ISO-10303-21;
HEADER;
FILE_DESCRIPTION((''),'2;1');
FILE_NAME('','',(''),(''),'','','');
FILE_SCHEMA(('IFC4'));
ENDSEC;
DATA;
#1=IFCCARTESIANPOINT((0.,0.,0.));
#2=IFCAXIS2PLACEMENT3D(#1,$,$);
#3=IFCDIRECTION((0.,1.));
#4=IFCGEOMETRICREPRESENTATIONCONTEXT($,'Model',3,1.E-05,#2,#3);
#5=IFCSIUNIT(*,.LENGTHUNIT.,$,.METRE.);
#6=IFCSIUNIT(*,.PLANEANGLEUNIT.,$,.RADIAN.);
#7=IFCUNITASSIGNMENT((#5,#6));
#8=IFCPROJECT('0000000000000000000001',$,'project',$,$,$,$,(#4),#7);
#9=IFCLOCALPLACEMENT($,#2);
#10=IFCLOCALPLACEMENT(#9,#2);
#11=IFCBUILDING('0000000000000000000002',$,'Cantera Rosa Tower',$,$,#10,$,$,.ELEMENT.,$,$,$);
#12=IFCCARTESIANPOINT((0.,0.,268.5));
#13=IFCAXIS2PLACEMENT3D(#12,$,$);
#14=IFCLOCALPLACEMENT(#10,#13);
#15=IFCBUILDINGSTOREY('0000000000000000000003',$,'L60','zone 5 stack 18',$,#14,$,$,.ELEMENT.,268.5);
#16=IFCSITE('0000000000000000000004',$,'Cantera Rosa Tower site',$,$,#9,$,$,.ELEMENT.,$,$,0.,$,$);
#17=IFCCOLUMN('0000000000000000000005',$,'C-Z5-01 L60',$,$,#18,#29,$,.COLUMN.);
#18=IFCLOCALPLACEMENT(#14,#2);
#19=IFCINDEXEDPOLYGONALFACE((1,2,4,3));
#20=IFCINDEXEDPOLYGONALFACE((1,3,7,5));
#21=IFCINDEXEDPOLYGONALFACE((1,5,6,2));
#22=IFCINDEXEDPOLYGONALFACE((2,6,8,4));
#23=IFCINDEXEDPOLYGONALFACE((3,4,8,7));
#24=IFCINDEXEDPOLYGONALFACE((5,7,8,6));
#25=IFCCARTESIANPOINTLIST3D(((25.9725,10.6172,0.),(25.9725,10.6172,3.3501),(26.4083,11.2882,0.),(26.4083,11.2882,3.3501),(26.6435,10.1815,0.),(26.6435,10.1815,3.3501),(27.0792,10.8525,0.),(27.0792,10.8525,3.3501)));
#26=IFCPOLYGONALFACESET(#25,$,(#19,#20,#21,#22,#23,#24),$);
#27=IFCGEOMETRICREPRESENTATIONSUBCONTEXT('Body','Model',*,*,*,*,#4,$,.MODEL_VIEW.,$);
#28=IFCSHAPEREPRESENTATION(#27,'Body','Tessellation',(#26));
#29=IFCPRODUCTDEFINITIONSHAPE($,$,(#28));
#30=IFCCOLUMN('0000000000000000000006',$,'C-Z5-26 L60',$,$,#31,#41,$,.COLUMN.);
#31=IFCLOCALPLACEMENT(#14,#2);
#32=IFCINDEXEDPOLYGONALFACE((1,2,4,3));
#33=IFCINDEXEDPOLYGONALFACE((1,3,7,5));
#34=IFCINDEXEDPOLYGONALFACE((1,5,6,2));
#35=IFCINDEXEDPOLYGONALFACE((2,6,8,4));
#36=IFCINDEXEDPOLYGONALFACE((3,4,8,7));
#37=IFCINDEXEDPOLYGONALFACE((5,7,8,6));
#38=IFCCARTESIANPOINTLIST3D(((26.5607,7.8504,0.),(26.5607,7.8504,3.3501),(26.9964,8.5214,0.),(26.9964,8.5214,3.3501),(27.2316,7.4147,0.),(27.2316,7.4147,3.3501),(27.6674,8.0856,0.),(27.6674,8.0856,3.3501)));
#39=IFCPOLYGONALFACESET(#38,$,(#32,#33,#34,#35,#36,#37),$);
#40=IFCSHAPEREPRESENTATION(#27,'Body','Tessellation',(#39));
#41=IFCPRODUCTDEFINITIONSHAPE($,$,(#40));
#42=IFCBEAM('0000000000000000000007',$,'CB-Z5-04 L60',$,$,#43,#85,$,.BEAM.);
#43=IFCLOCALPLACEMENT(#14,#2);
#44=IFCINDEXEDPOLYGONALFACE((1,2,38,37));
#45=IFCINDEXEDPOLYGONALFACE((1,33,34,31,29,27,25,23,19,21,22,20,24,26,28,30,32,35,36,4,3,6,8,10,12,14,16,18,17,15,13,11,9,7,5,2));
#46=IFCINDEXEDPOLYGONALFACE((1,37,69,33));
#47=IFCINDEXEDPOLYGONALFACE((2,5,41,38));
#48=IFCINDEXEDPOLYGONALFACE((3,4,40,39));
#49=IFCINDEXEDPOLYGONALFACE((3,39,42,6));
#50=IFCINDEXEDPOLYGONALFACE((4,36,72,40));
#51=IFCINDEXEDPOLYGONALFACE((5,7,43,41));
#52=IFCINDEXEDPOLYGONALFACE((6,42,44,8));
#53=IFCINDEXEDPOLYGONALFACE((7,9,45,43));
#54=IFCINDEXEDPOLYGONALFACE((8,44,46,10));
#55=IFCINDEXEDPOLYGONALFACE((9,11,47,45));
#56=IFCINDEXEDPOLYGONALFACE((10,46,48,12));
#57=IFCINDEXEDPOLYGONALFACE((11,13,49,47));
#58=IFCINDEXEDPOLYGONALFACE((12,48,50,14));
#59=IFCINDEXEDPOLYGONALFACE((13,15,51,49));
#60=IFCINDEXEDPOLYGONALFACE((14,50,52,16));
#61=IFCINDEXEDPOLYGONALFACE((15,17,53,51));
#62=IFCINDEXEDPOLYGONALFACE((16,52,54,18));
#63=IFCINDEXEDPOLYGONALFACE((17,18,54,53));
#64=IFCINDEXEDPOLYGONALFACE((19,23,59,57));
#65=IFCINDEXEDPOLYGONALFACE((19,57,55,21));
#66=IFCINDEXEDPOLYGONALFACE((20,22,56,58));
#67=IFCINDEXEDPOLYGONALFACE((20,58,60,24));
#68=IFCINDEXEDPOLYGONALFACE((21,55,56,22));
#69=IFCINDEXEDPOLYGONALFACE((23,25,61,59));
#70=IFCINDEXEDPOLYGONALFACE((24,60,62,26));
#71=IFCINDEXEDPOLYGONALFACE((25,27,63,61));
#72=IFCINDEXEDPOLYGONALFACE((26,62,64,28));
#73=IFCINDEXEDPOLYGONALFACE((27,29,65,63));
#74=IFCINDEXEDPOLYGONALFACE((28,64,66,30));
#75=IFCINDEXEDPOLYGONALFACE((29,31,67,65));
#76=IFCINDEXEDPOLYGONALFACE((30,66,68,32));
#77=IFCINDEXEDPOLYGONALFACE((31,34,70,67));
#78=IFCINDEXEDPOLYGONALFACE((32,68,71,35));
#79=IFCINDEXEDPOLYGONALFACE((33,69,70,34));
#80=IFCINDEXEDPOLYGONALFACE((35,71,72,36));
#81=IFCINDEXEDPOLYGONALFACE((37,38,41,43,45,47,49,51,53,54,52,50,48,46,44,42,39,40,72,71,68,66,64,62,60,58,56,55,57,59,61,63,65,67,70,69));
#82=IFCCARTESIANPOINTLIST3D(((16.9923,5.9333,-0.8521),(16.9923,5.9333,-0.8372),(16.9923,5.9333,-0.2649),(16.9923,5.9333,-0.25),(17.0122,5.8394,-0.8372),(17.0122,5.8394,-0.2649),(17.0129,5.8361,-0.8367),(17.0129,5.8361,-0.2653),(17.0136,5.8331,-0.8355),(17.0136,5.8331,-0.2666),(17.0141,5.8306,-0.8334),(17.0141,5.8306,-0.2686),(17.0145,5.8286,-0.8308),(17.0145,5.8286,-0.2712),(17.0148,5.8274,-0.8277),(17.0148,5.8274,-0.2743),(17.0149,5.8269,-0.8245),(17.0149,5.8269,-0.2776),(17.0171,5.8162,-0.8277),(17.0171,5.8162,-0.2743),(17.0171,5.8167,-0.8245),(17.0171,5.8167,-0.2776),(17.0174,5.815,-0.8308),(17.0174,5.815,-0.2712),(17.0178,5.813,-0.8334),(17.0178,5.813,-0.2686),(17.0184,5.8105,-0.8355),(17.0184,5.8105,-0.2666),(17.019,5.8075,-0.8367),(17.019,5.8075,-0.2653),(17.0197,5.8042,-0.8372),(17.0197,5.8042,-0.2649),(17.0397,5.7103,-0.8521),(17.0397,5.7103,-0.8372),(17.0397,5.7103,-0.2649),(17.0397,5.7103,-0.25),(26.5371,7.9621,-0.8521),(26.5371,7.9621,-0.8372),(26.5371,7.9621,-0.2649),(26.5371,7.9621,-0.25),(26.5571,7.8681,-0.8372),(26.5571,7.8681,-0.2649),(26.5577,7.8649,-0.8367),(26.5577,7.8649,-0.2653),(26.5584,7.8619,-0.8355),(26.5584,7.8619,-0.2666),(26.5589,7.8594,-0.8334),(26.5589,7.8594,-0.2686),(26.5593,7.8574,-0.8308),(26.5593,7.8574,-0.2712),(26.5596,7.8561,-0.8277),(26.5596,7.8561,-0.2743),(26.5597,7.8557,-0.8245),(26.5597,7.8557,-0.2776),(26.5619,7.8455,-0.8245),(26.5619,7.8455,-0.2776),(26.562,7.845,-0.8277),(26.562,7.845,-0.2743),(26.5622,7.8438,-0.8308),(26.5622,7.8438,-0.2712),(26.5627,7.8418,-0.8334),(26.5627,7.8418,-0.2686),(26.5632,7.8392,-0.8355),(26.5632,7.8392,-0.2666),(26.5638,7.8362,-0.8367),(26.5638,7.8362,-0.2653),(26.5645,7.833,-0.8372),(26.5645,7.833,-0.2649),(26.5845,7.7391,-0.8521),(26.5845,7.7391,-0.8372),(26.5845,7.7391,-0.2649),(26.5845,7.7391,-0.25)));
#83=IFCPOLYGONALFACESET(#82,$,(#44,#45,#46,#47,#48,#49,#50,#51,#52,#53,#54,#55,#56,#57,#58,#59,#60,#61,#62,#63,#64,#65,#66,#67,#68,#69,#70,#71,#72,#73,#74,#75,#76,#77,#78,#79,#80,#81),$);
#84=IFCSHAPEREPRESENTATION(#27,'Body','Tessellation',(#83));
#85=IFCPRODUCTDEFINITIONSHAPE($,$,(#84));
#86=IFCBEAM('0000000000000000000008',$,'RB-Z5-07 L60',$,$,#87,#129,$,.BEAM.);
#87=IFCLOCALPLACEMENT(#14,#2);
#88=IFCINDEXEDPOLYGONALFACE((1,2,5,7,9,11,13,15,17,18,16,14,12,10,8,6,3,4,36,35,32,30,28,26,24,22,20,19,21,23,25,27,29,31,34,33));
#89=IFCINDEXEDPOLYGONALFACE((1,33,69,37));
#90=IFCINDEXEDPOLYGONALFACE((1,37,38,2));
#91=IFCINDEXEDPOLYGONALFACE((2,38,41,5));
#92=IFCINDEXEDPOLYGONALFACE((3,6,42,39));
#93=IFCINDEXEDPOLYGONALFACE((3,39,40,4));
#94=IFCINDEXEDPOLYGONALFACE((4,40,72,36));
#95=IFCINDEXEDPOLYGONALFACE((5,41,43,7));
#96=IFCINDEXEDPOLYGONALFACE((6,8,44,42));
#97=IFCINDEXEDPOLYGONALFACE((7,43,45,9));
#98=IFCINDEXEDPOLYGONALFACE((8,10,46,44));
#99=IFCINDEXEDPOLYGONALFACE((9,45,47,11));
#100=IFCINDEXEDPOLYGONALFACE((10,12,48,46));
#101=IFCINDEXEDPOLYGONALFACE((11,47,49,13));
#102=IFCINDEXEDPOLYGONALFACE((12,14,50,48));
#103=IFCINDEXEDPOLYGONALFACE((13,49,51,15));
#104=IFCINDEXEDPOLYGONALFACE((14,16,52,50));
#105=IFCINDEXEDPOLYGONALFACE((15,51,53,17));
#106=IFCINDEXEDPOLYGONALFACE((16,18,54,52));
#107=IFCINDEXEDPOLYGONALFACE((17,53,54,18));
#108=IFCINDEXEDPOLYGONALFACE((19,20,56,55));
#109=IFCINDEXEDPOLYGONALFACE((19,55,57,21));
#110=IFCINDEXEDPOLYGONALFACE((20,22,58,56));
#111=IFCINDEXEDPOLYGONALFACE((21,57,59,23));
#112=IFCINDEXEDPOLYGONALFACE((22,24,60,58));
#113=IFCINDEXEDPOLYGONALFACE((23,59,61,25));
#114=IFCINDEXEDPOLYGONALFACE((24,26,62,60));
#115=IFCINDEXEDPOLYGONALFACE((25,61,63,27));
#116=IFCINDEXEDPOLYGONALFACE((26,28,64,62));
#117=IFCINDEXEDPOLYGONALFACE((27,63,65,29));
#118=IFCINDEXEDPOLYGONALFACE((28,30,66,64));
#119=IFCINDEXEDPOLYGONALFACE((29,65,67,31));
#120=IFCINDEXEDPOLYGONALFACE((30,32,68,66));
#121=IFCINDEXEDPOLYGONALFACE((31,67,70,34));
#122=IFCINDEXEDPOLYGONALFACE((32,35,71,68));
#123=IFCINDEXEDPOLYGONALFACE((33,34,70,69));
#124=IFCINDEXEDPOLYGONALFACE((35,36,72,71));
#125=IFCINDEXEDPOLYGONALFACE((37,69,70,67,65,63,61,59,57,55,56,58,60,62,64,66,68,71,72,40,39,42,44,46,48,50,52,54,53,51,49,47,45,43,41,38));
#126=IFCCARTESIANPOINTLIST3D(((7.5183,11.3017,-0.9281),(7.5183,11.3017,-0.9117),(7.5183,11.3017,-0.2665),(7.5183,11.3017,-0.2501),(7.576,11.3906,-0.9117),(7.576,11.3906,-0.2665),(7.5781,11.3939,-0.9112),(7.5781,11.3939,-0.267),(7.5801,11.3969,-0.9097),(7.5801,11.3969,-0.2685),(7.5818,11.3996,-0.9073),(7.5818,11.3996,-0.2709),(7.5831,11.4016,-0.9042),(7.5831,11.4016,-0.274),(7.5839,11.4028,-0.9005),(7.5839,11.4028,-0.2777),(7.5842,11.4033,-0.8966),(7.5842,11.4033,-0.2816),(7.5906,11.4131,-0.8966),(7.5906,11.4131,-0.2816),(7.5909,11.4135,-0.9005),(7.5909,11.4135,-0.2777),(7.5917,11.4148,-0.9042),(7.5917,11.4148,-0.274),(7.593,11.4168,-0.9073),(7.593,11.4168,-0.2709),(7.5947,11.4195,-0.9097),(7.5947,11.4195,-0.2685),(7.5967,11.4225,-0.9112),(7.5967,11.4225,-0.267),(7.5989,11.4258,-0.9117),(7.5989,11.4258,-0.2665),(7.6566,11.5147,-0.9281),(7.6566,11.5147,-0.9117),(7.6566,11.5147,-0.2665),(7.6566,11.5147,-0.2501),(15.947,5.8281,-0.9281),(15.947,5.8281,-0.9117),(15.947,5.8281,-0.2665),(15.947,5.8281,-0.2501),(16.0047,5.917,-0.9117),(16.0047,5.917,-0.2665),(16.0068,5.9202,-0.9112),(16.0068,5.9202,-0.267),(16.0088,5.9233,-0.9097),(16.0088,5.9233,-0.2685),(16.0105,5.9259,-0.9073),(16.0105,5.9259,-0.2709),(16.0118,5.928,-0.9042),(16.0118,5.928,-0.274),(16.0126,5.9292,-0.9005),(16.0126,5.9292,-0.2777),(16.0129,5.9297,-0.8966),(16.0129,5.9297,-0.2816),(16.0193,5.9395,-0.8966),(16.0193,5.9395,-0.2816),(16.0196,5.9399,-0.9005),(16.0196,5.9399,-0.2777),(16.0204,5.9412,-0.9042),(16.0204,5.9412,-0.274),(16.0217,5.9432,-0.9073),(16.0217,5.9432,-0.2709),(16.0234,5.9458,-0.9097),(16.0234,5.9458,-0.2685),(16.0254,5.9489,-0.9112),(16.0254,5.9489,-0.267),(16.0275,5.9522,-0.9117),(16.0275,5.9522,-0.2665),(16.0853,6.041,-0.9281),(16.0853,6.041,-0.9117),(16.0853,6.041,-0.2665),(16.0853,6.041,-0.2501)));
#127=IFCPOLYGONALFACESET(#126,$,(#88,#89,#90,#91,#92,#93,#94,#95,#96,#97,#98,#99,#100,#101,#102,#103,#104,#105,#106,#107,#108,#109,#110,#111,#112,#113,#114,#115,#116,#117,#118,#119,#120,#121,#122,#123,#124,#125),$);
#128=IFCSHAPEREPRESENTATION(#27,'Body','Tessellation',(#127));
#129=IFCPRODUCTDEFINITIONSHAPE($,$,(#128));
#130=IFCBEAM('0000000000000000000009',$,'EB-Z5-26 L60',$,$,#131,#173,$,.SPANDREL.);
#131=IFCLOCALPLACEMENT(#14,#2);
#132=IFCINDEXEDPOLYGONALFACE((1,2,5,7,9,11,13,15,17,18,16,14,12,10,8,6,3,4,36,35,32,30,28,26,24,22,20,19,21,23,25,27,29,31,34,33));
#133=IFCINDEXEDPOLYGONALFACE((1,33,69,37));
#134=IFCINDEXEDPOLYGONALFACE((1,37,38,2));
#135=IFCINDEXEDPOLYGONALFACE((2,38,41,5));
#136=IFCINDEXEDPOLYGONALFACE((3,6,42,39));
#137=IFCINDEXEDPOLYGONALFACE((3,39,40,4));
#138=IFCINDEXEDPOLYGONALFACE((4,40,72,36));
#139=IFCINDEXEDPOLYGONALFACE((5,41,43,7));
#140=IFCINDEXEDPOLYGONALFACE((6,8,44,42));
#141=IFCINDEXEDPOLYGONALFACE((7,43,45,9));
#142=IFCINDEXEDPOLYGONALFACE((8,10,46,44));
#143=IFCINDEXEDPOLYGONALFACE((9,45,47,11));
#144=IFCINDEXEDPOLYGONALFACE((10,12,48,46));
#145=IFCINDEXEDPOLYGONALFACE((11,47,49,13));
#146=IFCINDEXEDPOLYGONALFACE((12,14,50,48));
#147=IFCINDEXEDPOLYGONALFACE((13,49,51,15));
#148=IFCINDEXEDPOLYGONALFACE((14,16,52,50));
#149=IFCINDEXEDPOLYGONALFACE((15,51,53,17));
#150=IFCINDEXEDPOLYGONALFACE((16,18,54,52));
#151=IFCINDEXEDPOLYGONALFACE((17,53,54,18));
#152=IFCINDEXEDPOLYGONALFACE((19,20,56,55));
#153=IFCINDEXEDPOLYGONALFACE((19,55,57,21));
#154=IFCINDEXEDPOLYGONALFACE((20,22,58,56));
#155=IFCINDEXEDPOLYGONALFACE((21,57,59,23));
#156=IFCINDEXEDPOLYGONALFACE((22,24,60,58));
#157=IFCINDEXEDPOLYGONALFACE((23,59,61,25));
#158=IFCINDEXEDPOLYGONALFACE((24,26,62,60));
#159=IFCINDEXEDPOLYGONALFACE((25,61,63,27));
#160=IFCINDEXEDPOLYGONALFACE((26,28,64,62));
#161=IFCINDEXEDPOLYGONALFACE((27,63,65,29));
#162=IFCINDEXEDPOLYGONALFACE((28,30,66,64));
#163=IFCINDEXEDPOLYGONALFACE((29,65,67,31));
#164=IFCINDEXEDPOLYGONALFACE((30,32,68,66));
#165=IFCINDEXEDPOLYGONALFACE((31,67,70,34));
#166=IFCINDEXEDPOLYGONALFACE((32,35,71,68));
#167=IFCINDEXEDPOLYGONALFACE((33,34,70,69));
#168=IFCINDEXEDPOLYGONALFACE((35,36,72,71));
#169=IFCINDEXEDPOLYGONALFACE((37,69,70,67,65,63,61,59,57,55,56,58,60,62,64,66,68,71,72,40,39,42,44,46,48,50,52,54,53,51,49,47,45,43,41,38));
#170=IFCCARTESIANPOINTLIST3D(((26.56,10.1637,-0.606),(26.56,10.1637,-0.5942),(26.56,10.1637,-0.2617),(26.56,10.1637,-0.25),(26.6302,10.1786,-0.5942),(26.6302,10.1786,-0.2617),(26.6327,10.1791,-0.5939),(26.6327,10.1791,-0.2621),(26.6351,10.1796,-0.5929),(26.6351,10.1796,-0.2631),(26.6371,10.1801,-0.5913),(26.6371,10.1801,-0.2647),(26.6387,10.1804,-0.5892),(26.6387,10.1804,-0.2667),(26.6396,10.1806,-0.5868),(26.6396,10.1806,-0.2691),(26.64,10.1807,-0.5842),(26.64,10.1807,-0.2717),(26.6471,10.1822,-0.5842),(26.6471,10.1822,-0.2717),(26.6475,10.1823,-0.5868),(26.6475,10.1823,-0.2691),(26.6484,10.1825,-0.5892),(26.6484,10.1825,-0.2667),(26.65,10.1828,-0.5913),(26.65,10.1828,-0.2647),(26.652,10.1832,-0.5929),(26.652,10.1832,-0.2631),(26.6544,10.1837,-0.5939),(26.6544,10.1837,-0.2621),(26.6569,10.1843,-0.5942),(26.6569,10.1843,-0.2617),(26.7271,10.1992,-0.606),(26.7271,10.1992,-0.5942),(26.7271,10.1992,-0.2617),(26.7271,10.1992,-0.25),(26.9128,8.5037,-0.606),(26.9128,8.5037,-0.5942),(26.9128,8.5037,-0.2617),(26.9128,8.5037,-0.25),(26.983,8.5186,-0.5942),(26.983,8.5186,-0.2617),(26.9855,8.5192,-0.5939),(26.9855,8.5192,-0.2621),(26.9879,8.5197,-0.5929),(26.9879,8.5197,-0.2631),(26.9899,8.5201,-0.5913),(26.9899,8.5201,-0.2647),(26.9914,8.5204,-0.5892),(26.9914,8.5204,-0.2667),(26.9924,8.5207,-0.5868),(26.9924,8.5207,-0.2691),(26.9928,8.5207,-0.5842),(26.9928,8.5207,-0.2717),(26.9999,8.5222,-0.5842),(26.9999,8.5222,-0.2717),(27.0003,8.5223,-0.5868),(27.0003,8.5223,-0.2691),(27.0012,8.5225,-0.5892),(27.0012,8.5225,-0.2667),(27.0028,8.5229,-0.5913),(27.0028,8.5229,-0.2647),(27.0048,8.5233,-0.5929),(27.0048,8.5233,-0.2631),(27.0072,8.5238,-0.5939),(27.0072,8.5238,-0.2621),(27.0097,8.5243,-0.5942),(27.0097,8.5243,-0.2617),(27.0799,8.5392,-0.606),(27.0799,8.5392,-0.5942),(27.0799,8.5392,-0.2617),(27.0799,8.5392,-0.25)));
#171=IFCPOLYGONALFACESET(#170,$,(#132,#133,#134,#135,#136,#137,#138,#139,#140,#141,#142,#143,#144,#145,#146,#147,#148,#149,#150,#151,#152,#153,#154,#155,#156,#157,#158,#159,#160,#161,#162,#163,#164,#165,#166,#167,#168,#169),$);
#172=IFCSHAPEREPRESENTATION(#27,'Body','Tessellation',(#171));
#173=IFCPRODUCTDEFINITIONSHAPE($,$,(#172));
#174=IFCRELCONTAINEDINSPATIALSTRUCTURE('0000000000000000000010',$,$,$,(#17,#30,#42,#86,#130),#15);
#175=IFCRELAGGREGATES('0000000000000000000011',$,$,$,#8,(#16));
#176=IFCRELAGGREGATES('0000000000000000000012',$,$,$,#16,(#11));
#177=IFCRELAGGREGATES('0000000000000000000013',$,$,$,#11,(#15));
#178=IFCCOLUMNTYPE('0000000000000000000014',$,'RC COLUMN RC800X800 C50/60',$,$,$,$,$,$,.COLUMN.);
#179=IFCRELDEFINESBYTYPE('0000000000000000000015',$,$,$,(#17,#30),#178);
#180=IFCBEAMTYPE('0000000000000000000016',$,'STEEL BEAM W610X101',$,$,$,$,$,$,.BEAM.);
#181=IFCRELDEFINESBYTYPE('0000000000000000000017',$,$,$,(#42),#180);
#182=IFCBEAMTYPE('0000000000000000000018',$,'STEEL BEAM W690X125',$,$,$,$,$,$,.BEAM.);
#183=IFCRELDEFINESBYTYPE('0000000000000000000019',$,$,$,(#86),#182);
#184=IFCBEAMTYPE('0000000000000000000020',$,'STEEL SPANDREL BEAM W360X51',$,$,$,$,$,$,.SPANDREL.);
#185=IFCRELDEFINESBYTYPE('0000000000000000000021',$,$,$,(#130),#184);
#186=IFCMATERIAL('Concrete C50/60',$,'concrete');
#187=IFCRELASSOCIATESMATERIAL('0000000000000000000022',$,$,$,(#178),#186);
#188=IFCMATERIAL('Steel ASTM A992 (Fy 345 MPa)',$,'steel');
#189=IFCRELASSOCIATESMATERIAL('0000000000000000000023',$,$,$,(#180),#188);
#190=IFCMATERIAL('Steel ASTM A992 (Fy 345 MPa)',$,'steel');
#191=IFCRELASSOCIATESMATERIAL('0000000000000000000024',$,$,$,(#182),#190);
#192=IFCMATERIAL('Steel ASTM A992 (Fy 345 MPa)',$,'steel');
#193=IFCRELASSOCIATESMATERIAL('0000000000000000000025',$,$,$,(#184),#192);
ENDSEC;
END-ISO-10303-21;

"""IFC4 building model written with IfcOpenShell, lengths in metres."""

from ifc_helpers import new_model, si_unit, direction, frame, origin, origin_2d, place, context, subcontext, project, spatial, rectangle, i_section, extrude, material, material_profile, profile_set, type_object, element, save


model = new_model("IFC4")

# Units and contexts
model_context = context("Model", 3, precision=1e-05, world=origin(), true_north=direction((0.0, 1.0)))
body_context = subcontext(model_context, "Body", "Model", "MODEL_VIEW")
ifc_project = project(units=[si_unit("LENGTHUNIT", "METRE"), si_unit("PLANEANGLEUNIT", "RADIAN")], contexts=[model_context])

# Site, building, storey
site_placement = place(None, origin())
site = spatial("IfcSite", under=ifc_project, at=site_placement, Name="Cantera Rosa Tower site", CompositionType="ELEMENT", RefElevation=0.0)
building_placement = place(site_placement, origin())
building = spatial("IfcBuilding", under=site, at=building_placement, Name="Cantera Rosa Tower", CompositionType="ELEMENT")
storey_placement = place(building_placement, frame((0.0, 0.0, 268.5)))
storey = spatial("IfcBuildingStorey", under=building, at=storey_placement, Name="L60", Description="zone 5 stack 18", CompositionType="ELEMENT", Elevation=268.5)

# Columns
ifc_material_1 = material(Name="Concrete C50/60", Category="concrete")
ifc_material_profile_1 = material_profile(ifc_material_1, rectangle(XDim=0.8, YDim=0.8, at=origin_2d()), Name="RC COLUMN RC800X800 C50/60")
ifc_profile_set_1 = profile_set([ifc_material_profile_1], Name="Concrete C50/60")
column_type = type_object("IfcColumnType", Name="RC COLUMN RC800X800 C50/60", PredefinedType="COLUMN", material=ifc_profile_set_1)
for number, where, z_axis, x_axis, name in (
    (1, (26.5259, 10.7349, 0.0), (0.0, 0.0, 1.0), (0.544639, 0.838671, 0.0), "C-Z5-01 L60"),
    (2, (27.114, 7.968, 0.0), (0.0, 0.0, 1.0), (0.544639, 0.838671, 0.0), "C-Z5-26 L60"),
):
    element("IfcColumn", number, at=place(storey_placement, frame(where, z_axis=z_axis, x_axis=x_axis)), inside=storey, type_object=column_type, Name=name, PredefinedType="COLUMN", context=body_context, shape_type="SweptSolid", body=[
        extrude(rectangle(XDim=0.8, YDim=0.8, at=origin_2d()), origin(), (0.0, 0.0, 1.0), 3.3501),
    ])

# Beams
ifc_material_2 = material(Name="Steel ASTM A992 (Fy 345 MPa)", Category="steel")
ifc_material_profile_2 = material_profile(ifc_material_2, i_section(OverallWidth=0.228, OverallDepth=0.6021, WebThickness=0.0105, FlangeThickness=0.0149, FilletRadius=0.0127, at=origin_2d()), Name="W610X101")
ifc_profile_set_2 = profile_set([ifc_material_profile_2], Name="Steel ASTM A992 (Fy 345 MPa)")
beam_type_1 = type_object("IfcBeamType", Name="STEEL BEAM W610X101", PredefinedType="BEAM", material=ifc_profile_set_2)
beam_1_placement = place(storey_placement, frame((26.5608, 7.8506, -0.551), z_axis=(-0.978148, -0.207909, 0.0), x_axis=(0.207909, -0.978148, 0.0)))
element("IfcBeam", 3, at=beam_1_placement, inside=storey, type_object=beam_type_1, Name="CB-Z5-04 L60", PredefinedType="BEAM", context=body_context, shape_type="SweptSolid", body=[
    extrude(i_section(OverallWidth=0.228, OverallDepth=0.6021, WebThickness=0.0105, FlangeThickness=0.0149, FilletRadius=0.0127, at=origin_2d()), origin(), (0.0, 0.0, 1.0), 9.7581),
])
ifc_material_3 = material(Name="Steel ASTM A992 (Fy 345 MPa)", Category="steel")
ifc_material_profile_3 = material_profile(ifc_material_3, i_section(OverallWidth=0.2539, OverallDepth=0.678, WebThickness=0.0117, FlangeThickness=0.0164, FilletRadius=0.0151, at=origin_2d()), Name="W690X125")
ifc_profile_set_3 = profile_set([ifc_material_profile_3], Name="Steel ASTM A992 (Fy 345 MPa)")
beam_type_2 = type_object("IfcBeamType", Name="STEEL BEAM W690X125", PredefinedType="BEAM", material=ifc_profile_set_3)
beam_2_placement = place(storey_placement, frame((16.0161, 5.9346, -0.5891), z_axis=(-0.838672, 0.544637, 0.0), x_axis=(-0.544637, -0.838672, 0.0)))
element("IfcBeam", 4, at=beam_2_placement, inside=storey, type_object=beam_type_2, Name="RB-Z5-07 L60", PredefinedType="BEAM", context=body_context, shape_type="SweptSolid", body=[
    extrude(i_section(OverallWidth=0.2539, OverallDepth=0.678, WebThickness=0.0117, FlangeThickness=0.0164, FilletRadius=0.0151, at=origin_2d()), origin(), (0.0, 0.0, 1.0), 10.05),
])
ifc_material_4 = material(Name="Steel ASTM A992 (Fy 345 MPa)", Category="steel")
ifc_material_profile_4 = material_profile(ifc_material_4, i_section(OverallWidth=0.1709, OverallDepth=0.356, WebThickness=0.0073, FlangeThickness=0.0117, FilletRadius=0.01, at=origin_2d()), Name="W360X51")
ifc_profile_set_4 = profile_set([ifc_material_profile_4], Name="Steel ASTM A992 (Fy 345 MPa)")
beam_type_3 = type_object("IfcBeamType", Name="STEEL SPANDREL BEAM W360X51", PredefinedType="SPANDREL", material=ifc_profile_set_4)
beam_3_placement = place(storey_placement, frame((26.9963, 8.5215, -0.428), z_axis=(-0.207888, 0.978153, 0.0), x_axis=(-0.978153, -0.207888, 0.0)))
element("IfcBeam", 5, at=beam_3_placement, inside=storey, type_object=beam_type_3, Name="EB-Z5-26 L60", PredefinedType="SPANDREL", context=body_context, shape_type="SweptSolid", body=[
    extrude(i_section(OverallWidth=0.1709, OverallDepth=0.356, WebThickness=0.0073, FlangeThickness=0.0117, FilletRadius=0.01, at=origin_2d()), origin(), (0.0, 0.0, 1.0), 1.697),
])

save(model, "model.ifc")
